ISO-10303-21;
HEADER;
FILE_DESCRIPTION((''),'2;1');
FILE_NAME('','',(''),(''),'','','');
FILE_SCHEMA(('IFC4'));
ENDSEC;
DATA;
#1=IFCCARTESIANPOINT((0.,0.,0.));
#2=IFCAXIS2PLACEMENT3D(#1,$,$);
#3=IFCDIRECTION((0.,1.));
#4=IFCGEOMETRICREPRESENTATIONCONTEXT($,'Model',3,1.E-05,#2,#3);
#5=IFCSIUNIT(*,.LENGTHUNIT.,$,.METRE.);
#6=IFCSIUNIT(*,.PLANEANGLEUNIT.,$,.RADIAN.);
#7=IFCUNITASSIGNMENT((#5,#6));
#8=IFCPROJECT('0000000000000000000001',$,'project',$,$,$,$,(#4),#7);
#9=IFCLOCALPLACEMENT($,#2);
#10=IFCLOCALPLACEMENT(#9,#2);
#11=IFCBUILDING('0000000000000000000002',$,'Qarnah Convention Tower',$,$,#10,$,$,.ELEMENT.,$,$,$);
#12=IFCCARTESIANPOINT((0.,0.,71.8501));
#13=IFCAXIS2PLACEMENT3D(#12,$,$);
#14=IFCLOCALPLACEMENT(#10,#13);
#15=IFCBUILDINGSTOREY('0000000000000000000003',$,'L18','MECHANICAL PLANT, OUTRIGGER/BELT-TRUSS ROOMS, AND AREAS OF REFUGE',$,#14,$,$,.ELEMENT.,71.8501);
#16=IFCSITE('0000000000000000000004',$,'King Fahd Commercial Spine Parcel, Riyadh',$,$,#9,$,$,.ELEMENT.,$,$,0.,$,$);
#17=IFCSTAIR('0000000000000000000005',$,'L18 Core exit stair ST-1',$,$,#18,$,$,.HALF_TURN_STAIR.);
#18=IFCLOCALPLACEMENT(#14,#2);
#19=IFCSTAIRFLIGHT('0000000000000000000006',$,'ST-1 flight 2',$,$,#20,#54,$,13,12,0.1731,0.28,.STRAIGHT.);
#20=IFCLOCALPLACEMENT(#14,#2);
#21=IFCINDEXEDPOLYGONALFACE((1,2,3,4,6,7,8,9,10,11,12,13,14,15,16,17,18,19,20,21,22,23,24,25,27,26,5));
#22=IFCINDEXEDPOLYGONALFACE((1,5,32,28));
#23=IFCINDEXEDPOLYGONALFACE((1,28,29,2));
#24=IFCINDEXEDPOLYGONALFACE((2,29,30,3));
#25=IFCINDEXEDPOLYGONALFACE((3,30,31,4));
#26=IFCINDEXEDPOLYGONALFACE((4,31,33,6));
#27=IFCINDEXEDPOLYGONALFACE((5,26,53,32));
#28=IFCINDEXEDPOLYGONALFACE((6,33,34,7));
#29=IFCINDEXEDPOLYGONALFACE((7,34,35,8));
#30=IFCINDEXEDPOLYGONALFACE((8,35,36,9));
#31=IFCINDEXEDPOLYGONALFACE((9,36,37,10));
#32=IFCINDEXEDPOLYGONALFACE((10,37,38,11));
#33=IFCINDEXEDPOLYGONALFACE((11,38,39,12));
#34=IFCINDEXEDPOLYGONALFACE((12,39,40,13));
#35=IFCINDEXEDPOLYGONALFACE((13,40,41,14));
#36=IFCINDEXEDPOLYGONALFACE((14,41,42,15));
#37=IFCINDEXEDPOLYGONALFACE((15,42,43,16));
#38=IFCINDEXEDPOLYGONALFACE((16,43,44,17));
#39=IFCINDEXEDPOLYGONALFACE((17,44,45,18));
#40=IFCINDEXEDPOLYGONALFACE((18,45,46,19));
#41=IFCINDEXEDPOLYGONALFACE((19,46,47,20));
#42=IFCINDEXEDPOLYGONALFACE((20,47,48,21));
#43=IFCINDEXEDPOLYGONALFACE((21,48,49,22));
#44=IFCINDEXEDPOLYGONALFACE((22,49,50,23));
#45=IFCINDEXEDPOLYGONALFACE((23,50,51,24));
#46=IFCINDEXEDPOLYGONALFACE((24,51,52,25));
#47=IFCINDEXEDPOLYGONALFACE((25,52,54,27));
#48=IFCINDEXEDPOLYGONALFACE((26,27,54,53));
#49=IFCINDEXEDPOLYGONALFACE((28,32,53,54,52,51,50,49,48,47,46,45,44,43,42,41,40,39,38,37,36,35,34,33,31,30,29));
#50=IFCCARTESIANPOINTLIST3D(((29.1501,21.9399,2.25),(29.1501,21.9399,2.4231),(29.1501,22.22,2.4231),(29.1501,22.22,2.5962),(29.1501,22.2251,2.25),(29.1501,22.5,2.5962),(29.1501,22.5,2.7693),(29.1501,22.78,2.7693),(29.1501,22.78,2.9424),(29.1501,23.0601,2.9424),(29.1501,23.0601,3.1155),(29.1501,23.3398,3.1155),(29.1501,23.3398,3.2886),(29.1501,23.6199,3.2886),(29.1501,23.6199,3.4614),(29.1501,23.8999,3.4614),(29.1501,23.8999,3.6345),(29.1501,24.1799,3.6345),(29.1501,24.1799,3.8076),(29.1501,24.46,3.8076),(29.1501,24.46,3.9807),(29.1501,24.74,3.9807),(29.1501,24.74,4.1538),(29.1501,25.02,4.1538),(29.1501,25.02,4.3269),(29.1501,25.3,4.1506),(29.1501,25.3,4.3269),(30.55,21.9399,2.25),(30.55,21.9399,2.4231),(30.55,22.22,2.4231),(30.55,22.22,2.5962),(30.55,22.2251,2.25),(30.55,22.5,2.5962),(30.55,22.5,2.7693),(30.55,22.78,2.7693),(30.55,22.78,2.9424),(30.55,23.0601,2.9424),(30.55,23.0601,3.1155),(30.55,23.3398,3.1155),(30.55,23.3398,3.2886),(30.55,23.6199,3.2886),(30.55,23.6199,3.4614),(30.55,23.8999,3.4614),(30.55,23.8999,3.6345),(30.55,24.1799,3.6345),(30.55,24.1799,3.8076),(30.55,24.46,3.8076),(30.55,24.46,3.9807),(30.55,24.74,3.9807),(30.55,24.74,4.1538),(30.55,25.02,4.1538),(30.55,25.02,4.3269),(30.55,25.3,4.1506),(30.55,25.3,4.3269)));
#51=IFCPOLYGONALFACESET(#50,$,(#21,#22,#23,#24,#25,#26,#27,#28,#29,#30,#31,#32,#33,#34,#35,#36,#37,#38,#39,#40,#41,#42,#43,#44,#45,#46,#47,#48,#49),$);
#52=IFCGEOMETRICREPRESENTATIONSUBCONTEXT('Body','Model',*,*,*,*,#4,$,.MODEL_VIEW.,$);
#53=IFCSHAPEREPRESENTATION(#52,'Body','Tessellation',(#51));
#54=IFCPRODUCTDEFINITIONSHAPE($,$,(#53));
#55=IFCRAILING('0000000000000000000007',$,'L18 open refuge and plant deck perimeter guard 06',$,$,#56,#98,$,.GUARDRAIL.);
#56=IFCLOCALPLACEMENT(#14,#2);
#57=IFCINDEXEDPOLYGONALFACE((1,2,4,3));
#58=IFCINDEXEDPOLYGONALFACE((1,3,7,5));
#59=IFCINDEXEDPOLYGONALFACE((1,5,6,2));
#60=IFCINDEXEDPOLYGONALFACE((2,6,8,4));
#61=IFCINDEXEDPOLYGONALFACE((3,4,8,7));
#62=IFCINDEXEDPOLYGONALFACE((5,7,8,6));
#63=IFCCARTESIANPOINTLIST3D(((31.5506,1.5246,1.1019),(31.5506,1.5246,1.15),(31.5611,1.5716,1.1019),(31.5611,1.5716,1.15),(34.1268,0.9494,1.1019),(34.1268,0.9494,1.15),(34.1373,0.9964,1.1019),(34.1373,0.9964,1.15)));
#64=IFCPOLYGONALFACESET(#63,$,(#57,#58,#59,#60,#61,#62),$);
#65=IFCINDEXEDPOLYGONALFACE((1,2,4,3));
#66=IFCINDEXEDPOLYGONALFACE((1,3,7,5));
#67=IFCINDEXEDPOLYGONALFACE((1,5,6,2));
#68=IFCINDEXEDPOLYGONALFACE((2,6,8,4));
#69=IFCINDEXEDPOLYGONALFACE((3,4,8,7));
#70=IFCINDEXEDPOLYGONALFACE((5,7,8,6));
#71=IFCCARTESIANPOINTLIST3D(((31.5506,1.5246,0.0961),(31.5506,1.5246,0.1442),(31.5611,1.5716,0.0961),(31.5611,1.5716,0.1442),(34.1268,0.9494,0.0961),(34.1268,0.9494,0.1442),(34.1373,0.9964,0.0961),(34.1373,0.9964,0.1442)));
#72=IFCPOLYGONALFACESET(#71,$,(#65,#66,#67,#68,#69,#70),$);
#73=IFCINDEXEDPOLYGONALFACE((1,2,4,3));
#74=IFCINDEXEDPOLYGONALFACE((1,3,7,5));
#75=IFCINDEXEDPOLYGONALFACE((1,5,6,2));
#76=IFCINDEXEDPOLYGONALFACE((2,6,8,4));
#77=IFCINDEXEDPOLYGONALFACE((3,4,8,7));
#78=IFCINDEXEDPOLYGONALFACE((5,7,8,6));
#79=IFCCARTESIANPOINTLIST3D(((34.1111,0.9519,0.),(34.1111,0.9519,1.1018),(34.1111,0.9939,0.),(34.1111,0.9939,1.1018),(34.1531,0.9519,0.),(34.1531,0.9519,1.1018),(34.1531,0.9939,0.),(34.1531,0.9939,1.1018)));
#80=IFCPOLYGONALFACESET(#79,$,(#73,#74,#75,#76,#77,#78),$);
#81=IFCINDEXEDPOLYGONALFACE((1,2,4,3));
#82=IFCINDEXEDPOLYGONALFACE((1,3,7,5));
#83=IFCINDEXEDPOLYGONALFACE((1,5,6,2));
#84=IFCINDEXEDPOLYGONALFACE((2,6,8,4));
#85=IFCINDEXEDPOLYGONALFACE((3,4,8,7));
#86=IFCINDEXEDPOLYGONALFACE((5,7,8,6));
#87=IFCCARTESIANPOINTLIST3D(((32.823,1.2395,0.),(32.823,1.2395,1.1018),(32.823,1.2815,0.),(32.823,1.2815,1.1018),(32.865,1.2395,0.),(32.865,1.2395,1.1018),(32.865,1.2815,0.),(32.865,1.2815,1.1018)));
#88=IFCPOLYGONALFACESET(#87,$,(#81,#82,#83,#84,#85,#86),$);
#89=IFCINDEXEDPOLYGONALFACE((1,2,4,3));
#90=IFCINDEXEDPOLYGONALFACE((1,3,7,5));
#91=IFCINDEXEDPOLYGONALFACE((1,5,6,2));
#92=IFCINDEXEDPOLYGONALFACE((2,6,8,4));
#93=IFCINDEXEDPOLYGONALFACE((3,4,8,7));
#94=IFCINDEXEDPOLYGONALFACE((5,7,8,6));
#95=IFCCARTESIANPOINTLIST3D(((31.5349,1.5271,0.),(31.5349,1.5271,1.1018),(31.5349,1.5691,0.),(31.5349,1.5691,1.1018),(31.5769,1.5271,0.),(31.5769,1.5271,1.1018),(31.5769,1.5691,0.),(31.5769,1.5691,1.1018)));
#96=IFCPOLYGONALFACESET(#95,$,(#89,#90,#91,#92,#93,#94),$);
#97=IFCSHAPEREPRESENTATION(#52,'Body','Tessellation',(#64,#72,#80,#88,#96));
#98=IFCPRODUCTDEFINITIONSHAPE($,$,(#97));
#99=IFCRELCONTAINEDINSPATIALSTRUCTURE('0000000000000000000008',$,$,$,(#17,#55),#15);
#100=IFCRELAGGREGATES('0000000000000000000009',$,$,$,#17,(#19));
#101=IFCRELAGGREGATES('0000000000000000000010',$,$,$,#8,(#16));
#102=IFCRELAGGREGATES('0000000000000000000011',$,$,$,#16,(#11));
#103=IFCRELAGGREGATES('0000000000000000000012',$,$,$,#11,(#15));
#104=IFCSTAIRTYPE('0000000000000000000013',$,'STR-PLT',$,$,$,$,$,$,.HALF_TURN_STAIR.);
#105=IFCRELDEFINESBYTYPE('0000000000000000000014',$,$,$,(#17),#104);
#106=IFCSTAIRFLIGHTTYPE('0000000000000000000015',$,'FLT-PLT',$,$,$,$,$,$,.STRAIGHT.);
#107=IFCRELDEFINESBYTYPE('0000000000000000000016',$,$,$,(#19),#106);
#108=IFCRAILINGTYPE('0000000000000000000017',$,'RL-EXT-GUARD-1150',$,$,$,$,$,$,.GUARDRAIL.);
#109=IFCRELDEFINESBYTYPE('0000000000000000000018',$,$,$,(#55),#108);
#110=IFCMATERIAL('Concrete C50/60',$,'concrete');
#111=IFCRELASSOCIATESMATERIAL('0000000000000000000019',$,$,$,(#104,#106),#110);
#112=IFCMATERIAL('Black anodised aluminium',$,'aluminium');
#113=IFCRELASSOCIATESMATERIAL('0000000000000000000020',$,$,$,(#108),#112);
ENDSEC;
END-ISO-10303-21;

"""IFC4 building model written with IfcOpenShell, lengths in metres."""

from ifc_helpers import new_model, si_unit, direction, frame, origin, origin_2d, place, context, subcontext, project, spatial, polyline, rectangle, outline, extrude, material, type_object, element, aggregate, save


model = new_model("IFC4")

# Units and contexts
model_context = context("Model", 3, precision=1e-05, world=origin(), true_north=direction((0.0, 1.0)))
body_context = subcontext(model_context, "Body", "Model", "MODEL_VIEW")
ifc_project = project(units=[si_unit("LENGTHUNIT", "METRE"), si_unit("PLANEANGLEUNIT", "RADIAN")], contexts=[model_context])

# Site, building, storey
site_placement = place(None, origin())
site = spatial("IfcSite", under=ifc_project, at=site_placement, Name="King Fahd Commercial Spine Parcel, Riyadh", CompositionType="ELEMENT", RefElevation=0.0)
building_placement = place(site_placement, origin())
building = spatial("IfcBuilding", under=site, at=building_placement, Name="Qarnah Convention Tower", CompositionType="ELEMENT")
storey_placement = place(building_placement, frame((0.0, 0.0, 71.8501)))
storey = spatial("IfcBuildingStorey", under=building, at=storey_placement, Name="L18", Description="MECHANICAL PLANT, OUTRIGGER/BELT-TRUSS ROOMS, AND AREAS OF REFUGE", CompositionType="ELEMENT", Elevation=71.8501)

# Stair, stair flight
ifc_material_1 = material(Name="Concrete C50/60", Category="concrete")
stair_type = type_object("IfcStairType", Name="STR-PLT", PredefinedType="HALF_TURN_STAIR", material=ifc_material_1)
stair_placement = place(storey_placement, origin())
stair = element("IfcStair", 1, at=stair_placement, inside=storey, type_object=stair_type, Name="L18 Core exit stair ST-1", PredefinedType="HALF_TURN_STAIR")
stair_flight_type = type_object("IfcStairFlightType", Name="FLT-PLT", PredefinedType="STRAIGHT", material=ifc_material_1)
stair_flight_placement = place(storey_placement, frame((29.8501, 21.9399, 2.25), z_axis=(0.0, 0.0, 1.0), x_axis=(0.0, 1.0, 0.0)))
stair_flight = element("IfcStairFlight", 2, at=stair_flight_placement, type_object=stair_flight_type, Name="ST-1 flight 2", NumberOfRisers=13, NumberOfTreads=12, PredefinedType="STRAIGHT", RiserHeight=0.1731, TreadLength=0.28, context=body_context, shape_type="SweptSolid", body=[
    extrude(outline(polyline([(0.0, 0.0), (0.0, 0.1731), (0.28, 0.1731), (0.28, 0.3462), (0.5601, 0.3462), (0.5601, 0.5193), (0.8401, 0.5193), (0.8401, 0.6924), (1.1201, 0.6924), (1.1201, 0.8655), (1.3999, 0.8655), (1.3999, 1.0386), (1.6799, 1.0386), (1.6799, 1.2114), (1.96, 1.2114), (1.96, 1.3845), (2.24, 1.3845), (2.24, 1.5576), (2.52, 1.5576), (2.52, 1.7307), (2.8, 1.7307), (2.8, 1.9038), (3.0801, 1.9038), (3.0801, 2.0769), (3.3601, 2.0769), (3.3601, 2.25), (3.3601, 1.9006), (0.2852, 0.0), (0.0, 0.0)])), frame((0.0, 0.7, 0.0), z_axis=(0.0, -1.0, 0.0), x_axis=(1.0, 0.0, 0.0)), (0.0, 0.0, 1.0), 1.3999),
])
aggregate(stair, [stair_flight])

# Railing
ifc_material_2 = material(Name="Black anodised aluminium", Category="aluminium")
railing_type_1 = type_object("IfcRailingType", Name="RL-EXT-GUARD-1150", PredefinedType="GUARDRAIL", material=ifc_material_2)
railing_1_placement = place(storey_placement, frame((34.1321, 0.9729, 0.0)))
element("IfcRailing", 3, at=railing_1_placement, inside=storey, type_object=railing_type_1, Name="L18 open refuge and plant deck perimeter guard 06", PredefinedType="GUARDRAIL", context=body_context, shape_type="SweptSolid", body=[
    extrude(rectangle(XDim=0.0481, YDim=0.0481, at=origin_2d()), frame((0.0, 0.0, 1.126), z_axis=(-0.975969, 0.21791, 0.0), x_axis=(-0.21791, -0.975969, 0.0)), (0.0, 0.0, 1.0), 2.6396),
    extrude(rectangle(XDim=0.0481, YDim=0.0481, at=origin_2d()), frame((0.0, 0.0, 0.1201), z_axis=(-0.975969, 0.21791, 0.0), x_axis=(-0.21791, -0.975969, 0.0)), (0.0, 0.0, 1.0), 2.6396),
    extrude(rectangle(XDim=0.042, YDim=0.042, at=origin_2d()), origin(), (0.0, 0.0, 1.0), 1.1018),
    extrude(rectangle(XDim=0.042, YDim=0.042, at=origin_2d()), frame((-1.2881, 0.2876, 0.0)), (0.0, 0.0, 1.0), 1.1018),
    extrude(rectangle(XDim=0.042, YDim=0.042, at=origin_2d()), frame((-2.5762, 0.5752, 0.0)), (0.0, 0.0, 1.0), 1.1018),
])

save(model, "model.ifc")
